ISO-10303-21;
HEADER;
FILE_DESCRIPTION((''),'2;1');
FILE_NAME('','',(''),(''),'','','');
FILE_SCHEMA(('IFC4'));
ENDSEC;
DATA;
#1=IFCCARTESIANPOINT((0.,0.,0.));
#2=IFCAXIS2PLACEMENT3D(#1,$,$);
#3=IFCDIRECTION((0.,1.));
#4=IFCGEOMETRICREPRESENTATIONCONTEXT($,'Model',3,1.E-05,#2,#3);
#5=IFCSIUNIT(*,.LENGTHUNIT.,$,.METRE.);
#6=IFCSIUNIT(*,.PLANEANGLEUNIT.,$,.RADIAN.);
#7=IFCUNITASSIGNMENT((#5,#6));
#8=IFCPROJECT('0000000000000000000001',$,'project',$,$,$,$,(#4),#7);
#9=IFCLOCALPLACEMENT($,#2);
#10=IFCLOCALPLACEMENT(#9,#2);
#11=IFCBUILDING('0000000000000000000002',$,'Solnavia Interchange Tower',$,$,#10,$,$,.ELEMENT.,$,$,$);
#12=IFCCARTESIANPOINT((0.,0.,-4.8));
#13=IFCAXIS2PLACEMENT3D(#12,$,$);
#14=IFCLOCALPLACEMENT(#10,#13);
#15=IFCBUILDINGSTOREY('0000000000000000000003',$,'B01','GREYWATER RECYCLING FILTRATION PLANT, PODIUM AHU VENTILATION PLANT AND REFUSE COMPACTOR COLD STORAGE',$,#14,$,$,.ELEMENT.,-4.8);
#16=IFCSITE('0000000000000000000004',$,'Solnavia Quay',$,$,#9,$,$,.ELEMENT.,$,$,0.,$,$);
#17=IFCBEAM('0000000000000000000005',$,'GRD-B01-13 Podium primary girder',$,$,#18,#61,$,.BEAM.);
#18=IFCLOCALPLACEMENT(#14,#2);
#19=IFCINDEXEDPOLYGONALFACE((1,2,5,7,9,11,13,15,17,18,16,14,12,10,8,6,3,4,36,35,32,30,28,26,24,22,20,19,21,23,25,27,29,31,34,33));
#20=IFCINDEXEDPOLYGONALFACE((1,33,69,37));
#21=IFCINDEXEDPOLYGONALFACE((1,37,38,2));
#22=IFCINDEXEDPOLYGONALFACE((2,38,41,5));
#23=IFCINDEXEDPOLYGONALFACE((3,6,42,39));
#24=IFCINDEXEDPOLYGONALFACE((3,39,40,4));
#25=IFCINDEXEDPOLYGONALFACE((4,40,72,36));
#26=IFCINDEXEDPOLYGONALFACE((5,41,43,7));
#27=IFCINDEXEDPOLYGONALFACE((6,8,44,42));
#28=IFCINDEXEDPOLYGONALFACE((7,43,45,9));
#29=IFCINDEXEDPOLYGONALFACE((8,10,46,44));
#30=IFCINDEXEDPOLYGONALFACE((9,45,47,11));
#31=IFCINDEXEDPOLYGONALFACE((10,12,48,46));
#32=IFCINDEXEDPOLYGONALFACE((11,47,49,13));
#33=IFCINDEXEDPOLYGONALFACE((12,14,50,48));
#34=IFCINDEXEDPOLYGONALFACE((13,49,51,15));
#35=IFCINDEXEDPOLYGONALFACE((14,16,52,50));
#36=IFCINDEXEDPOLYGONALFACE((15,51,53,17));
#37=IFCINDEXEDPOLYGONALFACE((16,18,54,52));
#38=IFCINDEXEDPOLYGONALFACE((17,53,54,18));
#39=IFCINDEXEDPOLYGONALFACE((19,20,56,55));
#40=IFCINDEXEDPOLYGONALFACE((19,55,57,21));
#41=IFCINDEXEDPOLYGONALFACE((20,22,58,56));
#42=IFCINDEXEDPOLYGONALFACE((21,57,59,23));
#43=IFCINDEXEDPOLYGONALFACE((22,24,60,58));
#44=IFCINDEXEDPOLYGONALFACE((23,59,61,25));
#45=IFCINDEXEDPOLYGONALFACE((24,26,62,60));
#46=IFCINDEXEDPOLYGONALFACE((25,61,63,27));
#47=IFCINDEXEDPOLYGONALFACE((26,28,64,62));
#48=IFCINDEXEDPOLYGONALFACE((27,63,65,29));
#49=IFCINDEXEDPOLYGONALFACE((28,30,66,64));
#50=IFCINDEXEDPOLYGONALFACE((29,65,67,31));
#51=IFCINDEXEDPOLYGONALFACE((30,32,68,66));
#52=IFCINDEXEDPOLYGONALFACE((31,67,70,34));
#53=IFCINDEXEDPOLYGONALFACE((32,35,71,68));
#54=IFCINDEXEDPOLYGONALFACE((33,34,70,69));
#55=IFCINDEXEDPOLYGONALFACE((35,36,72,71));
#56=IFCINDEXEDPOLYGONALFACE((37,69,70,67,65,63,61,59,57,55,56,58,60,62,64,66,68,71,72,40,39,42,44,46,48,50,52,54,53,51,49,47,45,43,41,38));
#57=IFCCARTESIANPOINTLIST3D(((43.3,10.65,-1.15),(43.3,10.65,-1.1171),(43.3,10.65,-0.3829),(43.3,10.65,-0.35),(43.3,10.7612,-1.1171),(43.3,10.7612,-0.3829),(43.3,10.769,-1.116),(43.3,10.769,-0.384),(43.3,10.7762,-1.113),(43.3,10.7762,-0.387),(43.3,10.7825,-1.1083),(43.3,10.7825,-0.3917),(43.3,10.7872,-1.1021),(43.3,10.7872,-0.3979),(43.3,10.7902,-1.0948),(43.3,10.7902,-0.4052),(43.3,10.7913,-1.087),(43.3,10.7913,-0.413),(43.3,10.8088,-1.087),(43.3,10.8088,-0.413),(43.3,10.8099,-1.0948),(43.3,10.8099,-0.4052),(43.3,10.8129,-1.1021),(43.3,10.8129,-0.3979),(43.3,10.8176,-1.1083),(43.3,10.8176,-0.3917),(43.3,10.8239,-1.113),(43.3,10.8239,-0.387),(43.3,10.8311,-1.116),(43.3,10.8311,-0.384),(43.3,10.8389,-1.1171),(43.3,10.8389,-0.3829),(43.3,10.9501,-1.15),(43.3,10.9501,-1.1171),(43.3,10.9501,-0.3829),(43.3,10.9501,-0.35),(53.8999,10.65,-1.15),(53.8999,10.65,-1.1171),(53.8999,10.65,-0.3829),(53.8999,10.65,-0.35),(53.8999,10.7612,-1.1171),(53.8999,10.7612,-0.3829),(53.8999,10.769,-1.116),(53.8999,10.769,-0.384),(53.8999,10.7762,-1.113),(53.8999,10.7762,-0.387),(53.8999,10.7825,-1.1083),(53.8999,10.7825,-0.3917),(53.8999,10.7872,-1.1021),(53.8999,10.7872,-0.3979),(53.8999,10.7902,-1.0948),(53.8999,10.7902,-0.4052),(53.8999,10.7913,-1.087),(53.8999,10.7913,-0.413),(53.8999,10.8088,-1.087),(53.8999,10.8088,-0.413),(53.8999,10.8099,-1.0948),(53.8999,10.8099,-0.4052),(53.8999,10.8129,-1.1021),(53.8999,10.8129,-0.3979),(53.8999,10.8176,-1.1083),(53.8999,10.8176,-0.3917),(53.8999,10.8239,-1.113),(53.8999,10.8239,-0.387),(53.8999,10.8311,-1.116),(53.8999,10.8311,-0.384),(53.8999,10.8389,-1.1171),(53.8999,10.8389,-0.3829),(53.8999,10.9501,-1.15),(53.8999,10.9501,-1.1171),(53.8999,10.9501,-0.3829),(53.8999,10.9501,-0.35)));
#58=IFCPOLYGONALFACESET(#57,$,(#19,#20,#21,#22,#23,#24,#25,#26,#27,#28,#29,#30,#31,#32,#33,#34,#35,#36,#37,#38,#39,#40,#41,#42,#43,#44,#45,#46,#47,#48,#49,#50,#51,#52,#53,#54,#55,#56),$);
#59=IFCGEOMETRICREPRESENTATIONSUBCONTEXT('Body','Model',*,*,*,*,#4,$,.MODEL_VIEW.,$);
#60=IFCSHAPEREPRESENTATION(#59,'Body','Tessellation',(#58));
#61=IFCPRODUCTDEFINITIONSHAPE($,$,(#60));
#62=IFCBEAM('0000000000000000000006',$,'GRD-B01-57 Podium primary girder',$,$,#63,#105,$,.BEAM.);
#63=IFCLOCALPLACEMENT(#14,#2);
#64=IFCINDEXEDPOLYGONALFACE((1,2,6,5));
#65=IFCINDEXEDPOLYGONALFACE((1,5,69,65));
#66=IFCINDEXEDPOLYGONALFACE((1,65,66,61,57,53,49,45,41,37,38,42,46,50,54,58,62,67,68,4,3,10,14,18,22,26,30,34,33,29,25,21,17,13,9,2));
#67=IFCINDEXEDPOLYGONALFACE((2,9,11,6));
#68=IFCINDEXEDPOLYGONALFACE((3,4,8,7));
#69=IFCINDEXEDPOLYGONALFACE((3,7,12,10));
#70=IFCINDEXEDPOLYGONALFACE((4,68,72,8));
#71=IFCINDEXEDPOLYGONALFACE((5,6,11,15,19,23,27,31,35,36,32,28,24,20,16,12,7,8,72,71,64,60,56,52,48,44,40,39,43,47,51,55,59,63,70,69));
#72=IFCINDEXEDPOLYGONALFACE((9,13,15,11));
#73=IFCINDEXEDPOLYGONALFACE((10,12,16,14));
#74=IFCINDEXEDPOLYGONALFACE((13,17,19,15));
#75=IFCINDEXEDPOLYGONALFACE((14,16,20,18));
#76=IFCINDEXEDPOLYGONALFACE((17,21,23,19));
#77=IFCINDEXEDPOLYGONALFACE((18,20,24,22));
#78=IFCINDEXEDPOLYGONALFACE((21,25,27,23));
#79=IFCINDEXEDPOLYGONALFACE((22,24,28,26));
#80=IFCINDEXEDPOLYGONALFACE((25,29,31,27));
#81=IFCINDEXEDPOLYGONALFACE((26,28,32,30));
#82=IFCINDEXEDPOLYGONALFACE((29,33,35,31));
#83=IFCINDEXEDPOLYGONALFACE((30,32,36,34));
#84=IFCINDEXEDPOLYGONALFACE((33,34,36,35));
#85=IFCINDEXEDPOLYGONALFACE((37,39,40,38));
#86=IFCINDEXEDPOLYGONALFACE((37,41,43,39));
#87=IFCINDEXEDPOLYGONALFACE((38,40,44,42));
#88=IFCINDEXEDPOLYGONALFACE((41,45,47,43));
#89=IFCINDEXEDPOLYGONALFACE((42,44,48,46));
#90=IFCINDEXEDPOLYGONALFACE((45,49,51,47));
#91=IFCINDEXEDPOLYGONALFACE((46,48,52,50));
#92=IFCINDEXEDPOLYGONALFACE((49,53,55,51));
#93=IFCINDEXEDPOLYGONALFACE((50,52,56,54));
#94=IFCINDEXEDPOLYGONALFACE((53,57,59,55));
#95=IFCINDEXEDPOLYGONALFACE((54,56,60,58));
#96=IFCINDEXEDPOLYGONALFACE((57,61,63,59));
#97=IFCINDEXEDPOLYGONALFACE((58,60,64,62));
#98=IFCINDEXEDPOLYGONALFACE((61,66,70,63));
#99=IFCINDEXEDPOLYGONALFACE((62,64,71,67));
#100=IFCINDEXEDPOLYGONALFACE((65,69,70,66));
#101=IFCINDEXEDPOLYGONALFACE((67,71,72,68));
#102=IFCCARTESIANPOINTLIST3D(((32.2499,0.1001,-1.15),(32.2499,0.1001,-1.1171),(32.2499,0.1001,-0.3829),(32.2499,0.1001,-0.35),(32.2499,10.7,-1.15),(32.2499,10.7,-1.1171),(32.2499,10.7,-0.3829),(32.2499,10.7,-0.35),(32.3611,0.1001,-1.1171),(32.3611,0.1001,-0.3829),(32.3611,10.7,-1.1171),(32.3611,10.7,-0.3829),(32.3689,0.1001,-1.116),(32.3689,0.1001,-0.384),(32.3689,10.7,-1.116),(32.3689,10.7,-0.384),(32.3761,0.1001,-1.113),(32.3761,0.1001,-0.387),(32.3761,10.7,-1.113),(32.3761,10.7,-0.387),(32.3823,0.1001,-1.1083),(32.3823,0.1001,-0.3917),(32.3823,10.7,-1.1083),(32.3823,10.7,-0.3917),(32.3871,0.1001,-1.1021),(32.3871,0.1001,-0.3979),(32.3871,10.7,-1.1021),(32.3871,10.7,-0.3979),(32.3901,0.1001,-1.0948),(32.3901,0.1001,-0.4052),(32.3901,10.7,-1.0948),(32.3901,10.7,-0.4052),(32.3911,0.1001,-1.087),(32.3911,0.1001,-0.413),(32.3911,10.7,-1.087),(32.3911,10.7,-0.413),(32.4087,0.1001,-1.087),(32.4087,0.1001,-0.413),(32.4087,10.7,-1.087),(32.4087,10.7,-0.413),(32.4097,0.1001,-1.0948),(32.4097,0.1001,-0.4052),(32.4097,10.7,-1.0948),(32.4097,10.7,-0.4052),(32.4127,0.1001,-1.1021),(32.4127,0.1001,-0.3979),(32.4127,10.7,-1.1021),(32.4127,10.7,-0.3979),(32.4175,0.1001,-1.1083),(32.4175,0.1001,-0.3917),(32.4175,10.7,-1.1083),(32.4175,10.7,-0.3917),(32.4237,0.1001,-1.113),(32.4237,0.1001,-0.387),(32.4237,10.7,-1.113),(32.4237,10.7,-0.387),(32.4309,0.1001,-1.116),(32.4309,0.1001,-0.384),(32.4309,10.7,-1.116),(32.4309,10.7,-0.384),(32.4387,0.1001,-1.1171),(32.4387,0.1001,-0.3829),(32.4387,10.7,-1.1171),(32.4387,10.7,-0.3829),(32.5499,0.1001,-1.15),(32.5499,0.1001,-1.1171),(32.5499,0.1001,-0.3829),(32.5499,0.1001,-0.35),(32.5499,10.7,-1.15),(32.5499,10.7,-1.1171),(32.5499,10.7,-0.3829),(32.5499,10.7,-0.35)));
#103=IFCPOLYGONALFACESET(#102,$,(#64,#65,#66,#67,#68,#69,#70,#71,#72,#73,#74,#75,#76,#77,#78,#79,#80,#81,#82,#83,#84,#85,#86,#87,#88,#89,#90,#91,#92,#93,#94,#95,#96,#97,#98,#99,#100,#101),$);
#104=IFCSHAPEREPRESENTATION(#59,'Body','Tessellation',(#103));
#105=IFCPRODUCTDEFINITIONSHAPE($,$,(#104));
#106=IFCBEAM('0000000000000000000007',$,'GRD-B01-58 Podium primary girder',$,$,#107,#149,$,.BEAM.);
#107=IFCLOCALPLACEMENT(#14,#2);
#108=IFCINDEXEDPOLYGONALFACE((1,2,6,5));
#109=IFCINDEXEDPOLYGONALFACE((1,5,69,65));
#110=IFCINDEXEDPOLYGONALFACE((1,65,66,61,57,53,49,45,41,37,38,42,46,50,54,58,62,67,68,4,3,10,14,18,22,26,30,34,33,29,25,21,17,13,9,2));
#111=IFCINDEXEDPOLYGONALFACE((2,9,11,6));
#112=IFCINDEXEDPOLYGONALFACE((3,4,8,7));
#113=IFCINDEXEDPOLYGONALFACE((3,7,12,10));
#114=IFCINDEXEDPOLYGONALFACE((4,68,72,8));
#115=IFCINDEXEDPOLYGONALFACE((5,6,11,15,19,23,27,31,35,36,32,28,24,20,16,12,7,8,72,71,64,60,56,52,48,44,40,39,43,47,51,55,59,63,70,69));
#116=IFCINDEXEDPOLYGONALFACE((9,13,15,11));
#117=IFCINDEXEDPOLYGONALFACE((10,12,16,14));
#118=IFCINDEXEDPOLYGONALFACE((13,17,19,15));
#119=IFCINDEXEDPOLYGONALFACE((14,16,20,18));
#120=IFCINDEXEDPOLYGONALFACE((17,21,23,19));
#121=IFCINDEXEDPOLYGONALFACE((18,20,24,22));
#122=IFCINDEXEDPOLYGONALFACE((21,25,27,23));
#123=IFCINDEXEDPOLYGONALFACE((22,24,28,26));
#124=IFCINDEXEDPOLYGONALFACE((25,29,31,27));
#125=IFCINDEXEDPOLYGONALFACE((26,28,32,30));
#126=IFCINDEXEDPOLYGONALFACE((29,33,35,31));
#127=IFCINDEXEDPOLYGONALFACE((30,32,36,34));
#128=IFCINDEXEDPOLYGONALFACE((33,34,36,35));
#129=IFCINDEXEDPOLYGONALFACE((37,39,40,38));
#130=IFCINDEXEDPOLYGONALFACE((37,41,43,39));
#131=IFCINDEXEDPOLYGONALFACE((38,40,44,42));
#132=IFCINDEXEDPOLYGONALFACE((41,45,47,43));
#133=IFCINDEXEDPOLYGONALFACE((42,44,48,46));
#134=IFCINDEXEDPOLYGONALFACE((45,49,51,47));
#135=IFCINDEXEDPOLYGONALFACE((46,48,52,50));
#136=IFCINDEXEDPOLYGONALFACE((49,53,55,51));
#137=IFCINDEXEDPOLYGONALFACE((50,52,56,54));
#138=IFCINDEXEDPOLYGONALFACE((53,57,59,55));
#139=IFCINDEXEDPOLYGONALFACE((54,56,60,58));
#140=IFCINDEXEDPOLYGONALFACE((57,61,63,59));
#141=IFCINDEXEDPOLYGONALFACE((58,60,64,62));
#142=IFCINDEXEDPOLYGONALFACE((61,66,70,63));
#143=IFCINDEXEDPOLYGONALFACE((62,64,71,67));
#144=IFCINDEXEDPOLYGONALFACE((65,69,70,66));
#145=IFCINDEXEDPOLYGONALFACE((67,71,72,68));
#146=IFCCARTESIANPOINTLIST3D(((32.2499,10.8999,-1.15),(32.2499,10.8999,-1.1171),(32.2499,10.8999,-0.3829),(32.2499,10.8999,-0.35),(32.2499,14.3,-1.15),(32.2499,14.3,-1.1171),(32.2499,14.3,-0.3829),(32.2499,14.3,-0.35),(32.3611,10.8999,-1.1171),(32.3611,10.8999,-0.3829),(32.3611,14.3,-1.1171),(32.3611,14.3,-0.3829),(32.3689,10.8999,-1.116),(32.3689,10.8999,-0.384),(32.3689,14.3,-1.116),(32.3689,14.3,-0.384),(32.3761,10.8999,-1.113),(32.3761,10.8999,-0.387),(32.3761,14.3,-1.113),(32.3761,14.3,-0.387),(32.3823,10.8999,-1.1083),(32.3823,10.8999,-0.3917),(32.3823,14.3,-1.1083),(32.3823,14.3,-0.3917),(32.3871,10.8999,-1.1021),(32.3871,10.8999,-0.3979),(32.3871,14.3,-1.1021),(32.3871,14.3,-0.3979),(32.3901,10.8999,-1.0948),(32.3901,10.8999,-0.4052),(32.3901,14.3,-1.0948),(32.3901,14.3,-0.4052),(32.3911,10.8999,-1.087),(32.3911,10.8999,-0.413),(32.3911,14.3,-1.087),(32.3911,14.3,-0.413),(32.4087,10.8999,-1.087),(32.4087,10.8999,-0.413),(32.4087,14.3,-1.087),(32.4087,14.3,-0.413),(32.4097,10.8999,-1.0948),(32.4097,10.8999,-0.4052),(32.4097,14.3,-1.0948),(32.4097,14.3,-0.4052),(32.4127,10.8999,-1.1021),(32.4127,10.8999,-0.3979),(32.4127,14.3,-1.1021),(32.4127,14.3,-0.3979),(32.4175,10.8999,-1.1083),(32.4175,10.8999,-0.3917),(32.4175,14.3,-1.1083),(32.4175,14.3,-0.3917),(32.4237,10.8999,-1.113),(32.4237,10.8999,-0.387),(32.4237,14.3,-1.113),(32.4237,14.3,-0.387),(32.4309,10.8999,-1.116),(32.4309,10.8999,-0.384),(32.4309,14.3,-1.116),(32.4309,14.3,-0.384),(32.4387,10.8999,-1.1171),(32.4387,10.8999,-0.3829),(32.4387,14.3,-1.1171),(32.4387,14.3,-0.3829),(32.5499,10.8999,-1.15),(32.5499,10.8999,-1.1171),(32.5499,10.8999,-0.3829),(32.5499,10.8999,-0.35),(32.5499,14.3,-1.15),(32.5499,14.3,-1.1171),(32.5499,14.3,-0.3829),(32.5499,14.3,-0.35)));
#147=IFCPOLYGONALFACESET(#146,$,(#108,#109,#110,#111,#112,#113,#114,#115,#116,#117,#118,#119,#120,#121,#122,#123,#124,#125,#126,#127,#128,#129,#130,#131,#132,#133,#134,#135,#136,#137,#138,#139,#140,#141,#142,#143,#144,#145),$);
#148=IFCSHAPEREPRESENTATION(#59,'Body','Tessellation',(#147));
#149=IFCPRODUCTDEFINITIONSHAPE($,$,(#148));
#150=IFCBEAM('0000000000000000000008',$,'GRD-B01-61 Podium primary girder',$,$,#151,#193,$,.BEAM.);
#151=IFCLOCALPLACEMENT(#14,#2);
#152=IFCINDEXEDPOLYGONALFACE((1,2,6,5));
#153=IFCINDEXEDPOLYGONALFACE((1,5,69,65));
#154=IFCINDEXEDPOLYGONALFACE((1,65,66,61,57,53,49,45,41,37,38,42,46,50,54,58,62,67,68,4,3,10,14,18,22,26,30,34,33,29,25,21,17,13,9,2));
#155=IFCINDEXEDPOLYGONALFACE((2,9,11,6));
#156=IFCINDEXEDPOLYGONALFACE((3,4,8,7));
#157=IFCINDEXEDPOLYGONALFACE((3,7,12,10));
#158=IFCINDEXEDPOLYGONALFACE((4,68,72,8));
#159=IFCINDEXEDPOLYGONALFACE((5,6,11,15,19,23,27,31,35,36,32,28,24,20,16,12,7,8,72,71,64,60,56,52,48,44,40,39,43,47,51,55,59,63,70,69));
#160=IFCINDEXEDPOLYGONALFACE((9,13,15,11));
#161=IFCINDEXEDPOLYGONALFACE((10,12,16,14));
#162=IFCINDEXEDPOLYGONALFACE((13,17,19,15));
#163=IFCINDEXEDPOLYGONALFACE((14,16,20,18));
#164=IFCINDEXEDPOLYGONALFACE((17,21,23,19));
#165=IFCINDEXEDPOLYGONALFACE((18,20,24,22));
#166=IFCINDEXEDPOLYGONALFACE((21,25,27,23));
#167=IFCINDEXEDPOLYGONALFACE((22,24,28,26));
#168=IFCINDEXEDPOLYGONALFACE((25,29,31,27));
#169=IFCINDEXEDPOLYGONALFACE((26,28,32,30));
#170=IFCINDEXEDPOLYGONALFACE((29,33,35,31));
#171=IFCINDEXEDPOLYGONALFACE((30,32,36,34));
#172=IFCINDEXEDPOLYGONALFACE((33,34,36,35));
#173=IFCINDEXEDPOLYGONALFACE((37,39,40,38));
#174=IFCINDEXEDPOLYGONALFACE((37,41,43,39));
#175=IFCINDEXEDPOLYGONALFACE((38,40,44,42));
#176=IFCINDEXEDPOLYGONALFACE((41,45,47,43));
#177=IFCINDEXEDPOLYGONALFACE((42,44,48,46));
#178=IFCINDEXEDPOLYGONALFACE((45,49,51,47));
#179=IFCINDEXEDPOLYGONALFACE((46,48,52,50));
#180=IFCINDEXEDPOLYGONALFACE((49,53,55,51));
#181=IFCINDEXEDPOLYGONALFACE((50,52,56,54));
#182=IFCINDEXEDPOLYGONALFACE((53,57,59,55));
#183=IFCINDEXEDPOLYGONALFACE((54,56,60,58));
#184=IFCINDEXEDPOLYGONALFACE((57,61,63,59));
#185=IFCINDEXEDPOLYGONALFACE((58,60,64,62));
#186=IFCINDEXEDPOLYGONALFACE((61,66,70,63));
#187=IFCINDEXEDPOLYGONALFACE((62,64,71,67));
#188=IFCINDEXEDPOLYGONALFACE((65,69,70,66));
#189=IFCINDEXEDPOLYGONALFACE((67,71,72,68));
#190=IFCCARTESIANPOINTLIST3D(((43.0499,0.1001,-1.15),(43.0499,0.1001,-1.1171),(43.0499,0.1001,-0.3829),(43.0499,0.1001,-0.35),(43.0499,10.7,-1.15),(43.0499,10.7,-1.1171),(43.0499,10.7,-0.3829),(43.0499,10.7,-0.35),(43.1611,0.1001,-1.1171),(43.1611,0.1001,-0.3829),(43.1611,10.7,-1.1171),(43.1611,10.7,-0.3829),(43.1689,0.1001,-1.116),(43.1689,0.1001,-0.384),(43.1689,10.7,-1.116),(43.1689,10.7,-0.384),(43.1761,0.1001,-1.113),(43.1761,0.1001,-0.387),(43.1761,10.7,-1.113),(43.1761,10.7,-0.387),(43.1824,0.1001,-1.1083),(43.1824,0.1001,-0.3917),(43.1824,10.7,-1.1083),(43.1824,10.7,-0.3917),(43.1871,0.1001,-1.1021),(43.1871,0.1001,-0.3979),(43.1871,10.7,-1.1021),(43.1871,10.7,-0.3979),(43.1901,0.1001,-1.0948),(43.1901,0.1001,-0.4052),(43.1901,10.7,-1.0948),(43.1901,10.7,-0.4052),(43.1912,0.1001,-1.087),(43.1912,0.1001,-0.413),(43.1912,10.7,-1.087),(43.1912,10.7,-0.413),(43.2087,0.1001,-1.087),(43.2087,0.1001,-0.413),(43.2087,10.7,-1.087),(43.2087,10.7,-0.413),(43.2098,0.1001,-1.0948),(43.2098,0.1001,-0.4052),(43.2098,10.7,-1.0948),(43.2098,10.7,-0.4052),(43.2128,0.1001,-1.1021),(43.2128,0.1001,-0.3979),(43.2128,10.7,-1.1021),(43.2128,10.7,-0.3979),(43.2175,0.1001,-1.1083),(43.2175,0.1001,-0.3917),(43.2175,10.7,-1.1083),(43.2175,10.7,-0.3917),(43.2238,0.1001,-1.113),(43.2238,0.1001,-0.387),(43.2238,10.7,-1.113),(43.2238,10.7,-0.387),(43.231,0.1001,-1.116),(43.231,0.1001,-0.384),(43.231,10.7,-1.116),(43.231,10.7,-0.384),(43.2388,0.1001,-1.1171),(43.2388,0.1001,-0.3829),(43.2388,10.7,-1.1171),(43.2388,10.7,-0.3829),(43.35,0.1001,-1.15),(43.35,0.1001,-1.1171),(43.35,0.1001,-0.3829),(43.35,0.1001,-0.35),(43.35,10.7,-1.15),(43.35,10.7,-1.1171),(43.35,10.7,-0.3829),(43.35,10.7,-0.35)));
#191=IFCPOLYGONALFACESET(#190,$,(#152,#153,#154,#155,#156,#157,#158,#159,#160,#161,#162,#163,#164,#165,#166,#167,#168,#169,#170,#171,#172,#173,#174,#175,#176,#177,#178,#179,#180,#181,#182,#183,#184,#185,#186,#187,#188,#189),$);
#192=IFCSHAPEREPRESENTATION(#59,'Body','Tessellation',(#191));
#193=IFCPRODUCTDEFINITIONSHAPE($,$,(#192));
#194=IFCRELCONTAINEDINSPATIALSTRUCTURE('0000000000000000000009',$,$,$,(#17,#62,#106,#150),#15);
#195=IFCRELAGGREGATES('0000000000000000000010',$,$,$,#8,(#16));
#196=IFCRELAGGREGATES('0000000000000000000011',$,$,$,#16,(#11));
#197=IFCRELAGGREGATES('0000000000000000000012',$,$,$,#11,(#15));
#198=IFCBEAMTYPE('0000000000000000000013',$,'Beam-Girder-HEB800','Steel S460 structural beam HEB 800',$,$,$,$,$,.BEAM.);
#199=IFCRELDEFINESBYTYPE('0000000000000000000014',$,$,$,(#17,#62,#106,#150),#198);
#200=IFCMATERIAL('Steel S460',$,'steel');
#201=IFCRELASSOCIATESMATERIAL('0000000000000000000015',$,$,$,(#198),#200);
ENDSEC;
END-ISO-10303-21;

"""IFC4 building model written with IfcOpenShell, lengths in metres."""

from ifc_helpers import new_model, si_unit, direction, frame, origin, origin_2d, place, context, subcontext, project, spatial, i_section, extrude, material, material_profile, profile_set, type_object, element, save


model = new_model("IFC4")

# Units and contexts
model_context = context("Model", 3, precision=1e-05, world=origin(), true_north=direction((0.0, 1.0)))
body_context = subcontext(model_context, "Body", "Model", "MODEL_VIEW")
ifc_project = project(units=[si_unit("LENGTHUNIT", "METRE"), si_unit("PLANEANGLEUNIT", "RADIAN")], contexts=[model_context])

# Site, building, storey
site_placement = place(None, origin())
site = spatial("IfcSite", under=ifc_project, at=site_placement, Name="Solnavia Quay", CompositionType="ELEMENT", RefElevation=0.0)
building_placement = place(site_placement, origin())
building = spatial("IfcBuilding", under=site, at=building_placement, Name="Solnavia Interchange Tower", CompositionType="ELEMENT")
storey_placement = place(building_placement, frame((0.0, 0.0, -4.8)))
storey = spatial("IfcBuildingStorey", under=building, at=storey_placement, Name="B01", Description="GREYWATER RECYCLING FILTRATION PLANT, PODIUM AHU VENTILATION PLANT AND REFUSE COMPACTOR COLD STORAGE", CompositionType="ELEMENT", Elevation=-4.8)

# Beams
ifc_material_1 = material(Name="Steel S460", Category="steel")
ifc_material_profile_1 = material_profile(ifc_material_1, i_section(OverallWidth=0.3, OverallDepth=0.8, WebThickness=0.0176, FlangeThickness=0.033, FilletRadius=0.03, at=origin_2d()), Name="HEB 800")
ifc_profile_set_1 = profile_set([ifc_material_profile_1], Name="Steel S460")
beam_type_1 = type_object("IfcBeamType", Name="Beam-Girder-HEB800", Description="Steel S460 structural beam HEB 800", PredefinedType="BEAM", material=ifc_profile_set_1)
for number, where, z_axis, x_axis, name in (
    (1, (43.3, 10.8, -0.75), (1.0, 0.0, 0.0), (0.0, 1.0, 0.0), "GRD-B01-13 Podium primary girder"),
    (2, (32.3999, 0.1001, -0.75), (0.0, 1.0, 0.0), (-1.0, 0.0, 0.0), "GRD-B01-57 Podium primary girder"),
):
    element("IfcBeam", number, at=place(storey_placement, frame(where, z_axis=z_axis, x_axis=x_axis)), inside=storey, type_object=beam_type_1, Name=name, PredefinedType="BEAM", context=body_context, shape_type="SweptSolid", body=[
        extrude(i_section(OverallWidth=0.3, OverallDepth=0.8, WebThickness=0.0176, FlangeThickness=0.033, FilletRadius=0.03, at=origin_2d()), origin(), (0.0, 0.0, 1.0), 10.5999),
    ])
beam_1_placement = place(storey_placement, frame((32.3999, 10.8999, -0.75), z_axis=(0.0, 1.0, 0.0), x_axis=(-1.0, 0.0, 0.0)))
element("IfcBeam", 3, at=beam_1_placement, inside=storey, type_object=beam_type_1, Name="GRD-B01-58 Podium primary girder", PredefinedType="BEAM", context=body_context, shape_type="SweptSolid", body=[
    extrude(i_section(OverallWidth=0.3, OverallDepth=0.8, WebThickness=0.0176, FlangeThickness=0.033, FilletRadius=0.03, at=origin_2d()), origin(), (0.0, 0.0, 1.0), 3.4001),
])
beam_2_placement = place(storey_placement, frame((43.2, 0.1001, -0.75), z_axis=(0.0, 1.0, 0.0), x_axis=(-1.0, 0.0, 0.0)))
element("IfcBeam", 4, at=beam_2_placement, inside=storey, type_object=beam_type_1, Name="GRD-B01-61 Podium primary girder", PredefinedType="BEAM", context=body_context, shape_type="SweptSolid", body=[
    extrude(i_section(OverallWidth=0.3, OverallDepth=0.8, WebThickness=0.0176, FlangeThickness=0.033, FilletRadius=0.03, at=origin_2d()), origin(), (0.0, 0.0, 1.0), 10.5999),
])

save(model, "model.ifc")
